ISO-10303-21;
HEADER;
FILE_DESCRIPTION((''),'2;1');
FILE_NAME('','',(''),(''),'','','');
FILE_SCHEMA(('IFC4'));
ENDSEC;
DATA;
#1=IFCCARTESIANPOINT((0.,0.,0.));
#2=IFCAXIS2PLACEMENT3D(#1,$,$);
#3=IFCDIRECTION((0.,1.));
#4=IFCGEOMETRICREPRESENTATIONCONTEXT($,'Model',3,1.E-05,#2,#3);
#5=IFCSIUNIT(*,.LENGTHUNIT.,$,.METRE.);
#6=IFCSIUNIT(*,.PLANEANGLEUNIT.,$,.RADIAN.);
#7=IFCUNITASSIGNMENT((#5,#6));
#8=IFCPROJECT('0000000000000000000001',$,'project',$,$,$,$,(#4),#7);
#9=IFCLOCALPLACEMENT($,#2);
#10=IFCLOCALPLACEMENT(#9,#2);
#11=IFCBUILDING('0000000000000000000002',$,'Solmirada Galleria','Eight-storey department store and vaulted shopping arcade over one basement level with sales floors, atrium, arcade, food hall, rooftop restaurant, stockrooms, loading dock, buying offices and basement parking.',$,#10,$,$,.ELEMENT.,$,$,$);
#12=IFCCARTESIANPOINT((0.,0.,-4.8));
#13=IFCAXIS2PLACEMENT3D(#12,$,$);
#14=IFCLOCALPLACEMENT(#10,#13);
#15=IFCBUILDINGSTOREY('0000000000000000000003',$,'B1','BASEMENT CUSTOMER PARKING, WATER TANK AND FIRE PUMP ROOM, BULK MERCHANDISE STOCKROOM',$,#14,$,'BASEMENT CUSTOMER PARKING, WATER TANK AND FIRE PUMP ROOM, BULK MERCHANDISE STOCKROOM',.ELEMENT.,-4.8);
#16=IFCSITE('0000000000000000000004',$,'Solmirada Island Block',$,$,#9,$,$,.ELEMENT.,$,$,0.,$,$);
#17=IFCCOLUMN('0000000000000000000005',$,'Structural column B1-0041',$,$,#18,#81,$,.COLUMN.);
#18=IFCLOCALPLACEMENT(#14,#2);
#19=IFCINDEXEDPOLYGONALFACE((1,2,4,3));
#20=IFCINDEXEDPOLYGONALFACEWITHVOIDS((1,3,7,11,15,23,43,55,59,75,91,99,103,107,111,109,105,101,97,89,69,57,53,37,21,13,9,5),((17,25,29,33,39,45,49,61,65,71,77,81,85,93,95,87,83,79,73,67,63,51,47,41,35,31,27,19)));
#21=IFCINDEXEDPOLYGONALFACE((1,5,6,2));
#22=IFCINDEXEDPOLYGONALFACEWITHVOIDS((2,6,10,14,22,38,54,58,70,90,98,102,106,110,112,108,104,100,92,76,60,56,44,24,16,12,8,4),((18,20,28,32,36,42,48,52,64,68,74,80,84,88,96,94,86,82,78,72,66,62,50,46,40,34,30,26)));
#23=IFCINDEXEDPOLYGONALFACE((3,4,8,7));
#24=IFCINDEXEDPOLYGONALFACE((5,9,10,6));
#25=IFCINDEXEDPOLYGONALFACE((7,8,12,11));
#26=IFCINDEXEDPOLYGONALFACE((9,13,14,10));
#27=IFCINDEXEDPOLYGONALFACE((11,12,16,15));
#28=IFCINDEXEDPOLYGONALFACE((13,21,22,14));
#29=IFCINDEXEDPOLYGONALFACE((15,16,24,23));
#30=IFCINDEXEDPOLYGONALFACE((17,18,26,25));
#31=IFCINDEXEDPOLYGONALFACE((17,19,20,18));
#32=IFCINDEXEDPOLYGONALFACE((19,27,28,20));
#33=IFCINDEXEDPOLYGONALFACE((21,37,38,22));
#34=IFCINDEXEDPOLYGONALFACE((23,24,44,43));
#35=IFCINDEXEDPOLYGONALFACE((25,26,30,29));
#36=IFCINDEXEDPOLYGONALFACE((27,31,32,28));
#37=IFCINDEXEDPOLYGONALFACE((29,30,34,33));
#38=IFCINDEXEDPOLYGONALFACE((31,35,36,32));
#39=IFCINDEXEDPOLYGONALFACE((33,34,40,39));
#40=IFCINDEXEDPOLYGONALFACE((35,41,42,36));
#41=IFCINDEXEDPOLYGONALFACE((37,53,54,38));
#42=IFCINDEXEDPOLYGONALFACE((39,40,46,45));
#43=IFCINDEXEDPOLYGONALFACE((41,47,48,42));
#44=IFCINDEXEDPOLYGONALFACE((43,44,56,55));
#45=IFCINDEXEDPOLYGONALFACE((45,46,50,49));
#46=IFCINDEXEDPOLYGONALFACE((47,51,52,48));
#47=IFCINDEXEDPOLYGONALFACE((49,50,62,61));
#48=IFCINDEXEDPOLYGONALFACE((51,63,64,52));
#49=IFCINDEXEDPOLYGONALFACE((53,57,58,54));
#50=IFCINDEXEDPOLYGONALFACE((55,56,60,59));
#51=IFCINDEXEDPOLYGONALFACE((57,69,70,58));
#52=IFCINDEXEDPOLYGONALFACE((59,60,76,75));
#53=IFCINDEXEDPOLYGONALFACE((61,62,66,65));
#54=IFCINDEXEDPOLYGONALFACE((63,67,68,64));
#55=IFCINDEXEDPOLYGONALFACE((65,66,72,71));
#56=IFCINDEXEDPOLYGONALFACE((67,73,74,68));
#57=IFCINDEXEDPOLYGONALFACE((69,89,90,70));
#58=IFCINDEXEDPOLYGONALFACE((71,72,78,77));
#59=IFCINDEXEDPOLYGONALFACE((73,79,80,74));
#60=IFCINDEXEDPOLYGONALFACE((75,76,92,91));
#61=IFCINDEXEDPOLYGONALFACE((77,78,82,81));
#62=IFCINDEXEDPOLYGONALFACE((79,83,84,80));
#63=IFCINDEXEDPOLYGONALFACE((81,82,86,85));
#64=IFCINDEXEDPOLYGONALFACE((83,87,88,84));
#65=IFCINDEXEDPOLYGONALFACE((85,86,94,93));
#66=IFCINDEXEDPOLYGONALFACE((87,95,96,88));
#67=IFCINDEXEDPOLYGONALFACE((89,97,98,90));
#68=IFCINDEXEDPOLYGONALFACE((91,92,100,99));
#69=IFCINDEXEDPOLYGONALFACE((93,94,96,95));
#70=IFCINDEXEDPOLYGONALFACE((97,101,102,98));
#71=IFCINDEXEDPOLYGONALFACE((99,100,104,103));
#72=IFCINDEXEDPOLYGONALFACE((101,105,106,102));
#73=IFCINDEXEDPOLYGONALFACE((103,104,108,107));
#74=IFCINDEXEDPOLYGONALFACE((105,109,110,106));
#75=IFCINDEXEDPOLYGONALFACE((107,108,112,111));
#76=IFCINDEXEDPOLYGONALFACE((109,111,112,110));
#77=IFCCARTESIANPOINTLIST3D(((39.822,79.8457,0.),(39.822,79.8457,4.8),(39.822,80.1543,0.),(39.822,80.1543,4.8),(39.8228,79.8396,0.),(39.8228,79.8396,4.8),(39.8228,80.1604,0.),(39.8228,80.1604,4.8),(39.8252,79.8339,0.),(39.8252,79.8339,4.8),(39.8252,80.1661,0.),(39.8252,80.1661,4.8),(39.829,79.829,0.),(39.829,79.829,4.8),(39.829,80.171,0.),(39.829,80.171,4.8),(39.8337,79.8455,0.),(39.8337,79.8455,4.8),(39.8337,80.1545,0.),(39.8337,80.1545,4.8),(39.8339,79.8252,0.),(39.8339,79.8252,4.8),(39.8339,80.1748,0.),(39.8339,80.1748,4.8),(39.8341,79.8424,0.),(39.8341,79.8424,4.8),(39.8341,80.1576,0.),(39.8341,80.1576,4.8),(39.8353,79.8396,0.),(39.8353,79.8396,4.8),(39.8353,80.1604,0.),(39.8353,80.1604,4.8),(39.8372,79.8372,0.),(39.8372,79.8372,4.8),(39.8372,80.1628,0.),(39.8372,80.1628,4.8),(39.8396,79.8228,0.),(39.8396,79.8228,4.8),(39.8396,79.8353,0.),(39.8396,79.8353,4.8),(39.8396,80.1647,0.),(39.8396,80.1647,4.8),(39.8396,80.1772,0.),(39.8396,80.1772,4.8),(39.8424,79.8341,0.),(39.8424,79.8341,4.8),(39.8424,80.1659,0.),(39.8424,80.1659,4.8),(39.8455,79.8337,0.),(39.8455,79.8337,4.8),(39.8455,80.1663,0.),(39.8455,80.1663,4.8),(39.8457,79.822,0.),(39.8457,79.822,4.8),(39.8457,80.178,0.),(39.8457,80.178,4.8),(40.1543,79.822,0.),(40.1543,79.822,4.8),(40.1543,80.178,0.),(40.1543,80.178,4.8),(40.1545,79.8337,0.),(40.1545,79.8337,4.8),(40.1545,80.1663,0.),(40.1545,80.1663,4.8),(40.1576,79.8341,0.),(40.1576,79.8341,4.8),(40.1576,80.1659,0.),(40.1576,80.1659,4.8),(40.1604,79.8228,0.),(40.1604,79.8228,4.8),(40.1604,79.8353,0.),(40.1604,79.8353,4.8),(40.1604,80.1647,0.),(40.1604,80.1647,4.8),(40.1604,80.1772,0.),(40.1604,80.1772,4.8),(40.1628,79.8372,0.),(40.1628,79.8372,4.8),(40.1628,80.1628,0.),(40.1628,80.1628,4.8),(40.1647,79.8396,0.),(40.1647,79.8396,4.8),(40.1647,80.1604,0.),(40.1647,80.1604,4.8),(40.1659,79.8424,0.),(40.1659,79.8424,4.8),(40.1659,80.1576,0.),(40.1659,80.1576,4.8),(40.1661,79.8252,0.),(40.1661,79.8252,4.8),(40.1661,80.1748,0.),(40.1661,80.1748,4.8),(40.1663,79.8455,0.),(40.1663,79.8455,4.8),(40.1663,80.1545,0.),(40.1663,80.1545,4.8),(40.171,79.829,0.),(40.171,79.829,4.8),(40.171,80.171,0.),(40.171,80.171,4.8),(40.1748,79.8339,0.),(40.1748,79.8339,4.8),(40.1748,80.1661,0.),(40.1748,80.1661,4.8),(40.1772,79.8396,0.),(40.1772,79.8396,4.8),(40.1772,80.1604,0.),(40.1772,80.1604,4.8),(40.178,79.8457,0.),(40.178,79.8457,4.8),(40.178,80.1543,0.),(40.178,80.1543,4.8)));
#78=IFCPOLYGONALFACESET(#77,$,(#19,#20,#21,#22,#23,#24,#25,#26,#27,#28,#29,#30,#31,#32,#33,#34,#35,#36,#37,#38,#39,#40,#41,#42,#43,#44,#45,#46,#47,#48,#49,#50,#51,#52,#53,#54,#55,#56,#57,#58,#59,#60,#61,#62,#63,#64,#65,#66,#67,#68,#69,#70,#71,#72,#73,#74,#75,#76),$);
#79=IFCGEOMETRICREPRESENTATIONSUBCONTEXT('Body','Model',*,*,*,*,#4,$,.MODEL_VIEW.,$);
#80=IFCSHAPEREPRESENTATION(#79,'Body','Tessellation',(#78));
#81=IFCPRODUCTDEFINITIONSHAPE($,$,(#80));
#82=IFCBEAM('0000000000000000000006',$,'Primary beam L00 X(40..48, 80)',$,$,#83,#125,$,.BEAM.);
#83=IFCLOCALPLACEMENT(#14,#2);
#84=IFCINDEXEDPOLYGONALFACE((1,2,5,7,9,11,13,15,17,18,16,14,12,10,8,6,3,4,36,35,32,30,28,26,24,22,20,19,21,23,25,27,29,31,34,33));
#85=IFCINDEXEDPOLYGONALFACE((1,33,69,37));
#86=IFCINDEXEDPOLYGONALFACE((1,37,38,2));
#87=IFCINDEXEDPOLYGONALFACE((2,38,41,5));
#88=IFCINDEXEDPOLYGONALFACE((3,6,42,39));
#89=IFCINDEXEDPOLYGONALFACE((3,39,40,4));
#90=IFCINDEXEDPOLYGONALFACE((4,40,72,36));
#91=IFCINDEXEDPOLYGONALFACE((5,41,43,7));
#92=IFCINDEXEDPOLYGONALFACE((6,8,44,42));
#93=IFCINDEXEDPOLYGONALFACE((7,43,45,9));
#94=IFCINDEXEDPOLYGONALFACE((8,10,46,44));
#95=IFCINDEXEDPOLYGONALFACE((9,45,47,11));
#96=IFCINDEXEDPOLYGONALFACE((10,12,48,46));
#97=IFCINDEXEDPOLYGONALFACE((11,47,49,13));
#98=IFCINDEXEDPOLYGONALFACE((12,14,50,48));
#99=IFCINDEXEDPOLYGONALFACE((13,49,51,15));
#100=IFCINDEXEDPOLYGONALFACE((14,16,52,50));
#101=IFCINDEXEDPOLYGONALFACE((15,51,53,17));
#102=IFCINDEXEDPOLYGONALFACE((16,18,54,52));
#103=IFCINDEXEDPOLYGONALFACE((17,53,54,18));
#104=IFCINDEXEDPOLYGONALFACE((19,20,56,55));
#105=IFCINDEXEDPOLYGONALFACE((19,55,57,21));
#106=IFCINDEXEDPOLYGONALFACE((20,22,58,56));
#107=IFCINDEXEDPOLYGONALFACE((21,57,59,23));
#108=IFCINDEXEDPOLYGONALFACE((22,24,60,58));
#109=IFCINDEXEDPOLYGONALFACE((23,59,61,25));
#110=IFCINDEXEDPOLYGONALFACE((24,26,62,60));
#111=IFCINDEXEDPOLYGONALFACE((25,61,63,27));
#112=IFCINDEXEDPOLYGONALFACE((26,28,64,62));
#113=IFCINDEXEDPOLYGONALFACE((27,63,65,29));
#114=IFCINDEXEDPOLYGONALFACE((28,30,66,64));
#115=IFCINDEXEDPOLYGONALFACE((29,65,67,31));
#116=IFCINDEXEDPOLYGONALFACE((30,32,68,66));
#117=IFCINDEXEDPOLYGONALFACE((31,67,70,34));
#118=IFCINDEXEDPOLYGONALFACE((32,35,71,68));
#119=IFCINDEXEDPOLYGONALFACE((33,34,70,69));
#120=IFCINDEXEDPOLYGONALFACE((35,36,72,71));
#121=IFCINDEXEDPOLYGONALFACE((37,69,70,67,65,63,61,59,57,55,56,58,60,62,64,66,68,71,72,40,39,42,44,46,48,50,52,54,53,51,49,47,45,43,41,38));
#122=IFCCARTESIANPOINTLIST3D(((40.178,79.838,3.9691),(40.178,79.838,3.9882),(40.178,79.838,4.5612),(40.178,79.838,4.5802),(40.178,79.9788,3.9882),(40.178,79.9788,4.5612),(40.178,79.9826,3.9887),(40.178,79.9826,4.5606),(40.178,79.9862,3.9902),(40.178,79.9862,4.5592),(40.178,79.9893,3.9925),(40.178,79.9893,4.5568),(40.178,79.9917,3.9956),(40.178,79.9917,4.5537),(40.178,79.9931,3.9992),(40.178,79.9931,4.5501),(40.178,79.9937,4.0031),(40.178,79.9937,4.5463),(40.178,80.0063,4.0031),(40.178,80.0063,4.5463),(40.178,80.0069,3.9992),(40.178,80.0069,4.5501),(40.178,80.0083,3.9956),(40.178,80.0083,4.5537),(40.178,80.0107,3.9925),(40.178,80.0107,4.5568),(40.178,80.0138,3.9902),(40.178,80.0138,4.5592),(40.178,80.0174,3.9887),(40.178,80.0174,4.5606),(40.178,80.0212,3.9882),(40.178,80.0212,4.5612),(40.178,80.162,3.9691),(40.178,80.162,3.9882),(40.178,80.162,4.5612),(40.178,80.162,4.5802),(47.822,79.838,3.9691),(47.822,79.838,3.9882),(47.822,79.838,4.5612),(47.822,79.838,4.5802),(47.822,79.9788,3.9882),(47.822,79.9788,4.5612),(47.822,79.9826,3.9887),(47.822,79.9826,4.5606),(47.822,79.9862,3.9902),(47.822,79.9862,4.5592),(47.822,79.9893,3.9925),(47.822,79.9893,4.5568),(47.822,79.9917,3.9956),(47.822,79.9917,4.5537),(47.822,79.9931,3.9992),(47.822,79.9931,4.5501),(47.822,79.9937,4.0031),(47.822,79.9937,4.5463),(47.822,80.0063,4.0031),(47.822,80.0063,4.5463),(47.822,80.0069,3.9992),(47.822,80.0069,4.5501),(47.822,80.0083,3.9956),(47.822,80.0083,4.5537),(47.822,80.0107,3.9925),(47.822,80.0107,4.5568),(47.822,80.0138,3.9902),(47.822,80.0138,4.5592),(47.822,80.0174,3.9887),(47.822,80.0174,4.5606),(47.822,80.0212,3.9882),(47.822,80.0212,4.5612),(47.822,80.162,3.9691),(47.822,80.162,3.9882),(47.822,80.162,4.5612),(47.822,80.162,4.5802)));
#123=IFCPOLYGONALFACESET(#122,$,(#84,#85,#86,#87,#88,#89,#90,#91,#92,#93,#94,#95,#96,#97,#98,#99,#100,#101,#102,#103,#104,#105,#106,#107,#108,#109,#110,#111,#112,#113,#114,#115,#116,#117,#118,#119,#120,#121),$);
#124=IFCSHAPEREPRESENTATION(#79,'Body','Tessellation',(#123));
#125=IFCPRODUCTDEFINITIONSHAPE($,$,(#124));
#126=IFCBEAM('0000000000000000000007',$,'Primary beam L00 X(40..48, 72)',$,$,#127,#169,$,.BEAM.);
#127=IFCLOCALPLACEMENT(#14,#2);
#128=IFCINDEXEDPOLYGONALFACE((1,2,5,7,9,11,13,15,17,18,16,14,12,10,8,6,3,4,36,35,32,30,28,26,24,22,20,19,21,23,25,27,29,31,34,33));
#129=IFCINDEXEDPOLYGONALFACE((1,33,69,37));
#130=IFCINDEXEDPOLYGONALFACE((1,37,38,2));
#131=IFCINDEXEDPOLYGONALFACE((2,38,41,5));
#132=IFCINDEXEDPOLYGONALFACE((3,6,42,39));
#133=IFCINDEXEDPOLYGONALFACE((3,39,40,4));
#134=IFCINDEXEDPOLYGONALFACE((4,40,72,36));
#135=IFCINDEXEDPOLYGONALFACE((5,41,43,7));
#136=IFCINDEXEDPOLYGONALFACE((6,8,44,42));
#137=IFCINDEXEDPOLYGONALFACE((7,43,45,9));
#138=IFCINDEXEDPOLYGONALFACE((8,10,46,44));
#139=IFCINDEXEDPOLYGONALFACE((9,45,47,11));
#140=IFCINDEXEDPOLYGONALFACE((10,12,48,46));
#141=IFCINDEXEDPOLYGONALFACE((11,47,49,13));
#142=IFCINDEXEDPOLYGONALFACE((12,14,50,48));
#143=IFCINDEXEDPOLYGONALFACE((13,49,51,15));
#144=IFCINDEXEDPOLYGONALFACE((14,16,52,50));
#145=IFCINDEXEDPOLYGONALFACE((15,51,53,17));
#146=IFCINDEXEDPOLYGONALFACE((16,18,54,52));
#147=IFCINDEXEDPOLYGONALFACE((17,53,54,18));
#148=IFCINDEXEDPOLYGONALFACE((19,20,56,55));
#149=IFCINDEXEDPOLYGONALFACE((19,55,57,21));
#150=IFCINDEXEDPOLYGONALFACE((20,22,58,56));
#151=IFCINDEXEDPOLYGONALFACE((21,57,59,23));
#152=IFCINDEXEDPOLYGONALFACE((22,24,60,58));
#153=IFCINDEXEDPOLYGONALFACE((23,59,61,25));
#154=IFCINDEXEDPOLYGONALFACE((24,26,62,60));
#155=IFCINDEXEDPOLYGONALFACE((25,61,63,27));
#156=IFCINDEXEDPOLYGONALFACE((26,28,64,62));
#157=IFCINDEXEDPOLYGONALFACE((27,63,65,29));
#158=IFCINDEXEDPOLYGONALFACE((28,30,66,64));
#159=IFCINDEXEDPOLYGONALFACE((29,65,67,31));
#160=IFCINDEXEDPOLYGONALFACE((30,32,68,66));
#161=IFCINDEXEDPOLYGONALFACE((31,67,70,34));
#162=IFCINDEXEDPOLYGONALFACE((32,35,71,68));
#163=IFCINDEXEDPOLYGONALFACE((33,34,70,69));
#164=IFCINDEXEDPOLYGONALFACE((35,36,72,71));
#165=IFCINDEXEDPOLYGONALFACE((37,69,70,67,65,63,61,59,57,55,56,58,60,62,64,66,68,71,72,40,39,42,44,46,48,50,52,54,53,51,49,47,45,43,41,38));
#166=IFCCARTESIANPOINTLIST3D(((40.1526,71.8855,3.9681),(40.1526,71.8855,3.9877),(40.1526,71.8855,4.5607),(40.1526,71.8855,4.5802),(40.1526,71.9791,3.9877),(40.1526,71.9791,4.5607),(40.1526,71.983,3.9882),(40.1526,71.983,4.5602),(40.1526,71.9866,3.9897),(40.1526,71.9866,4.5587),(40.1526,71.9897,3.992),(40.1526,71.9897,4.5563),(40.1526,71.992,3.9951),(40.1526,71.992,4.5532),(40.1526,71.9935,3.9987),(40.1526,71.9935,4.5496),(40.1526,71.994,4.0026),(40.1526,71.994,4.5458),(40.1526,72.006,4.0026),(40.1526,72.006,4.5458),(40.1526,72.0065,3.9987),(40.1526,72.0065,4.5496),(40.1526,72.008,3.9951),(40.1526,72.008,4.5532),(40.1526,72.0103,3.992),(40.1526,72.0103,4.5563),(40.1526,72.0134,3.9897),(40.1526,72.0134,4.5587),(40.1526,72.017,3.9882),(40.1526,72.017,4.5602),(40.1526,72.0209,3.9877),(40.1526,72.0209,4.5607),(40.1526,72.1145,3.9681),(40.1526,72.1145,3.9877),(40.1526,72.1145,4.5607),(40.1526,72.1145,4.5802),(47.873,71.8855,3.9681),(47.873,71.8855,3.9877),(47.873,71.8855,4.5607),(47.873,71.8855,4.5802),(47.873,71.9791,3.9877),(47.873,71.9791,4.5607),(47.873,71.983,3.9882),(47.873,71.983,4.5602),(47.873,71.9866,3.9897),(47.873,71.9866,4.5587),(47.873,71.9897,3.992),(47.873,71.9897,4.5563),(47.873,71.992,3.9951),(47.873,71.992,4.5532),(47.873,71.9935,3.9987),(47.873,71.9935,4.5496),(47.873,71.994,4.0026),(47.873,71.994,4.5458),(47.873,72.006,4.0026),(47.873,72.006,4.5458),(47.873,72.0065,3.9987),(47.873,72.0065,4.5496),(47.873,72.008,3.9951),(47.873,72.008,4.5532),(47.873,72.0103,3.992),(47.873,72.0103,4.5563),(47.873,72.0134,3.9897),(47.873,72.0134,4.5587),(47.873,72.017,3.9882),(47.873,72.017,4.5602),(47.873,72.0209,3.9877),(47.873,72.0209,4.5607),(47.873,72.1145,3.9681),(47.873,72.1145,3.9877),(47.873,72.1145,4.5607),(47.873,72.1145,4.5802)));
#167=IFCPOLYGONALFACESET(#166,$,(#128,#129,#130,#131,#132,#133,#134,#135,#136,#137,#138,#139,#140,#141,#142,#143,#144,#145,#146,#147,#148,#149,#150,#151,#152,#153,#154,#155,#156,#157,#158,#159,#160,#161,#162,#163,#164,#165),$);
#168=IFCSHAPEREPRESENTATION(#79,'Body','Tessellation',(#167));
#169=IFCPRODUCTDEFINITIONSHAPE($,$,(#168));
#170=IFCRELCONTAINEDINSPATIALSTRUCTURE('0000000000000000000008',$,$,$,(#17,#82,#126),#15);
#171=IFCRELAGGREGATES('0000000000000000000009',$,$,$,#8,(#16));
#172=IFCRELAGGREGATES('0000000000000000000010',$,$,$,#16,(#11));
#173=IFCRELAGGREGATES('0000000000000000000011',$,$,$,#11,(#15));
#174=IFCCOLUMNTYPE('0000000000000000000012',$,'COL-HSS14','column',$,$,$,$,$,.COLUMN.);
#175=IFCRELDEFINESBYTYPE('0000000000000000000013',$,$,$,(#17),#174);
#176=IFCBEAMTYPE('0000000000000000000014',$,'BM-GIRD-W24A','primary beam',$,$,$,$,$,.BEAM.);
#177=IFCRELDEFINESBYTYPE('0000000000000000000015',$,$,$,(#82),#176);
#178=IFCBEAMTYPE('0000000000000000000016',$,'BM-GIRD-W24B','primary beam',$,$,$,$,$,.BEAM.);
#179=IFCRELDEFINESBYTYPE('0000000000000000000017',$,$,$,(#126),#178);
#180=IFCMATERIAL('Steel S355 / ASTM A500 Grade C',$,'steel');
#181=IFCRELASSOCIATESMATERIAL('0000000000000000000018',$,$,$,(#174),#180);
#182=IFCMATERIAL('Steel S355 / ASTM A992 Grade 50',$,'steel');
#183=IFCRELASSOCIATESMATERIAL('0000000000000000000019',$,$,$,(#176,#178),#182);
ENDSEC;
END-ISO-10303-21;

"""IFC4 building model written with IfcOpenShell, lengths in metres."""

from ifc_helpers import new_model, si_unit, direction, frame, origin, origin_2d, place, context, subcontext, project, spatial, hollow_rectangle, i_section, extrude, material, material_profile, profile_set, type_object, element, save


model = new_model("IFC4")

# Units and contexts
model_context = context("Model", 3, precision=1e-05, world=origin(), true_north=direction((0.0, 1.0)))
body_context = subcontext(model_context, "Body", "Model", "MODEL_VIEW")
ifc_project = project(units=[si_unit("LENGTHUNIT", "METRE"), si_unit("PLANEANGLEUNIT", "RADIAN")], contexts=[model_context])

# Site, building, storey
site_placement = place(None, origin())
site = spatial("IfcSite", under=ifc_project, at=site_placement, Name="Solmirada Island Block", CompositionType="ELEMENT", RefElevation=0.0)
building_placement = place(site_placement, origin())
building = spatial("IfcBuilding", under=site, at=building_placement, Name="Solmirada Galleria", Description="Eight-storey department store and vaulted shopping arcade over one basement level with sales floors, atrium, arcade, food hall, rooftop restaurant, stockrooms, loading dock, buying offices and basement parking.", CompositionType="ELEMENT")
storey_placement = place(building_placement, frame((0.0, 0.0, -4.8)))
storey = spatial("IfcBuildingStorey", under=building, at=storey_placement, Name="B1", Description="BASEMENT CUSTOMER PARKING, WATER TANK AND FIRE PUMP ROOM, BULK MERCHANDISE STOCKROOM", LongName="BASEMENT CUSTOMER PARKING, WATER TANK AND FIRE PUMP ROOM, BULK MERCHANDISE STOCKROOM", CompositionType="ELEMENT", Elevation=-4.8)

# Column
ifc_material_1 = material(Name="Steel S355 / ASTM A500 Grade C", Category="steel")
ifc_material_profile_1 = material_profile(ifc_material_1, hollow_rectangle(XDim=0.356, YDim=0.356, WallThickness=0.0117, InnerFilletRadius=0.0117, OuterFilletRadius=0.0237, at=origin_2d()), Name="HSS14X14X1/2")
ifc_profile_set_1 = profile_set([ifc_material_profile_1], Name="Steel S355 / ASTM A500 Grade C")
column_type_1 = type_object("IfcColumnType", Name="COL-HSS14", Description="column", PredefinedType="COLUMN", material=ifc_profile_set_1)
column_1_placement = place(storey_placement, frame((40.0, 80.0, 0.0), z_axis=(0.0, 0.0, 1.0), x_axis=(1.0, 0.0, 0.0)))
element("IfcColumn", 1, at=column_1_placement, inside=storey, type_object=column_type_1, Name="Structural column B1-0041", PredefinedType="COLUMN", context=body_context, shape_type="SweptSolid", body=[
    extrude(hollow_rectangle(XDim=0.356, YDim=0.356, WallThickness=0.0117, InnerFilletRadius=0.0117, OuterFilletRadius=0.0237, at=origin_2d()), origin(), (0.0, 0.0, 1.0), 4.8),
])

# Beams
ifc_material_2 = material(Name="Steel S355 / ASTM A992 Grade 50", Category="steel")
ifc_material_profile_2 = material_profile(ifc_material_2, i_section(OverallWidth=0.324, OverallDepth=0.6111, WebThickness=0.0127, FlangeThickness=0.019, FilletRadius=0.0149, at=origin_2d()), Name="W24X104")
ifc_profile_set_2 = profile_set([ifc_material_profile_2], Name="Steel S355 / ASTM A992 Grade 50")
beam_type_1 = type_object("IfcBeamType", Name="BM-GIRD-W24A", Description="primary beam", PredefinedType="BEAM", material=ifc_profile_set_2)
beam_1_placement = place(storey_placement, frame((40.178, 80.0, 4.2747), z_axis=(1.0, 0.0, 0.0), x_axis=(0.0, 1.0, 0.0)))
element("IfcBeam", 2, at=beam_1_placement, inside=storey, type_object=beam_type_1, Name="Primary beam L00 X(40..48, 80)", PredefinedType="BEAM", context=body_context, shape_type="SweptSolid", body=[
    extrude(i_section(OverallWidth=0.324, OverallDepth=0.6111, WebThickness=0.0127, FlangeThickness=0.019, FilletRadius=0.0149, at=origin_2d()), origin(), (0.0, 0.0, 1.0), 7.644),
])
ifc_material_profile_3 = material_profile(ifc_material_2, i_section(OverallWidth=0.229, OverallDepth=0.6121, WebThickness=0.012, FlangeThickness=0.0195, FilletRadius=0.0149, at=origin_2d()), Name="W24X84")
ifc_profile_set_3 = profile_set([ifc_material_profile_3], Name="Steel S355 / ASTM A992 Grade 50")
beam_type_2 = type_object("IfcBeamType", Name="BM-GIRD-W24B", Description="primary beam", PredefinedType="BEAM", material=ifc_profile_set_3)
beam_2_placement = place(storey_placement, frame((40.1526, 72.0, 4.2742), z_axis=(1.0, 0.0, 0.0), x_axis=(0.0, 1.0, 0.0)))
element("IfcBeam", 3, at=beam_2_placement, inside=storey, type_object=beam_type_2, Name="Primary beam L00 X(40..48, 72)", PredefinedType="BEAM", context=body_context, shape_type="SweptSolid", body=[
    extrude(i_section(OverallWidth=0.229, OverallDepth=0.6121, WebThickness=0.012, FlangeThickness=0.0195, FilletRadius=0.0149, at=origin_2d()), origin(), (0.0, 0.0, 1.0), 7.7205),
])

save(model, "model.ifc")
